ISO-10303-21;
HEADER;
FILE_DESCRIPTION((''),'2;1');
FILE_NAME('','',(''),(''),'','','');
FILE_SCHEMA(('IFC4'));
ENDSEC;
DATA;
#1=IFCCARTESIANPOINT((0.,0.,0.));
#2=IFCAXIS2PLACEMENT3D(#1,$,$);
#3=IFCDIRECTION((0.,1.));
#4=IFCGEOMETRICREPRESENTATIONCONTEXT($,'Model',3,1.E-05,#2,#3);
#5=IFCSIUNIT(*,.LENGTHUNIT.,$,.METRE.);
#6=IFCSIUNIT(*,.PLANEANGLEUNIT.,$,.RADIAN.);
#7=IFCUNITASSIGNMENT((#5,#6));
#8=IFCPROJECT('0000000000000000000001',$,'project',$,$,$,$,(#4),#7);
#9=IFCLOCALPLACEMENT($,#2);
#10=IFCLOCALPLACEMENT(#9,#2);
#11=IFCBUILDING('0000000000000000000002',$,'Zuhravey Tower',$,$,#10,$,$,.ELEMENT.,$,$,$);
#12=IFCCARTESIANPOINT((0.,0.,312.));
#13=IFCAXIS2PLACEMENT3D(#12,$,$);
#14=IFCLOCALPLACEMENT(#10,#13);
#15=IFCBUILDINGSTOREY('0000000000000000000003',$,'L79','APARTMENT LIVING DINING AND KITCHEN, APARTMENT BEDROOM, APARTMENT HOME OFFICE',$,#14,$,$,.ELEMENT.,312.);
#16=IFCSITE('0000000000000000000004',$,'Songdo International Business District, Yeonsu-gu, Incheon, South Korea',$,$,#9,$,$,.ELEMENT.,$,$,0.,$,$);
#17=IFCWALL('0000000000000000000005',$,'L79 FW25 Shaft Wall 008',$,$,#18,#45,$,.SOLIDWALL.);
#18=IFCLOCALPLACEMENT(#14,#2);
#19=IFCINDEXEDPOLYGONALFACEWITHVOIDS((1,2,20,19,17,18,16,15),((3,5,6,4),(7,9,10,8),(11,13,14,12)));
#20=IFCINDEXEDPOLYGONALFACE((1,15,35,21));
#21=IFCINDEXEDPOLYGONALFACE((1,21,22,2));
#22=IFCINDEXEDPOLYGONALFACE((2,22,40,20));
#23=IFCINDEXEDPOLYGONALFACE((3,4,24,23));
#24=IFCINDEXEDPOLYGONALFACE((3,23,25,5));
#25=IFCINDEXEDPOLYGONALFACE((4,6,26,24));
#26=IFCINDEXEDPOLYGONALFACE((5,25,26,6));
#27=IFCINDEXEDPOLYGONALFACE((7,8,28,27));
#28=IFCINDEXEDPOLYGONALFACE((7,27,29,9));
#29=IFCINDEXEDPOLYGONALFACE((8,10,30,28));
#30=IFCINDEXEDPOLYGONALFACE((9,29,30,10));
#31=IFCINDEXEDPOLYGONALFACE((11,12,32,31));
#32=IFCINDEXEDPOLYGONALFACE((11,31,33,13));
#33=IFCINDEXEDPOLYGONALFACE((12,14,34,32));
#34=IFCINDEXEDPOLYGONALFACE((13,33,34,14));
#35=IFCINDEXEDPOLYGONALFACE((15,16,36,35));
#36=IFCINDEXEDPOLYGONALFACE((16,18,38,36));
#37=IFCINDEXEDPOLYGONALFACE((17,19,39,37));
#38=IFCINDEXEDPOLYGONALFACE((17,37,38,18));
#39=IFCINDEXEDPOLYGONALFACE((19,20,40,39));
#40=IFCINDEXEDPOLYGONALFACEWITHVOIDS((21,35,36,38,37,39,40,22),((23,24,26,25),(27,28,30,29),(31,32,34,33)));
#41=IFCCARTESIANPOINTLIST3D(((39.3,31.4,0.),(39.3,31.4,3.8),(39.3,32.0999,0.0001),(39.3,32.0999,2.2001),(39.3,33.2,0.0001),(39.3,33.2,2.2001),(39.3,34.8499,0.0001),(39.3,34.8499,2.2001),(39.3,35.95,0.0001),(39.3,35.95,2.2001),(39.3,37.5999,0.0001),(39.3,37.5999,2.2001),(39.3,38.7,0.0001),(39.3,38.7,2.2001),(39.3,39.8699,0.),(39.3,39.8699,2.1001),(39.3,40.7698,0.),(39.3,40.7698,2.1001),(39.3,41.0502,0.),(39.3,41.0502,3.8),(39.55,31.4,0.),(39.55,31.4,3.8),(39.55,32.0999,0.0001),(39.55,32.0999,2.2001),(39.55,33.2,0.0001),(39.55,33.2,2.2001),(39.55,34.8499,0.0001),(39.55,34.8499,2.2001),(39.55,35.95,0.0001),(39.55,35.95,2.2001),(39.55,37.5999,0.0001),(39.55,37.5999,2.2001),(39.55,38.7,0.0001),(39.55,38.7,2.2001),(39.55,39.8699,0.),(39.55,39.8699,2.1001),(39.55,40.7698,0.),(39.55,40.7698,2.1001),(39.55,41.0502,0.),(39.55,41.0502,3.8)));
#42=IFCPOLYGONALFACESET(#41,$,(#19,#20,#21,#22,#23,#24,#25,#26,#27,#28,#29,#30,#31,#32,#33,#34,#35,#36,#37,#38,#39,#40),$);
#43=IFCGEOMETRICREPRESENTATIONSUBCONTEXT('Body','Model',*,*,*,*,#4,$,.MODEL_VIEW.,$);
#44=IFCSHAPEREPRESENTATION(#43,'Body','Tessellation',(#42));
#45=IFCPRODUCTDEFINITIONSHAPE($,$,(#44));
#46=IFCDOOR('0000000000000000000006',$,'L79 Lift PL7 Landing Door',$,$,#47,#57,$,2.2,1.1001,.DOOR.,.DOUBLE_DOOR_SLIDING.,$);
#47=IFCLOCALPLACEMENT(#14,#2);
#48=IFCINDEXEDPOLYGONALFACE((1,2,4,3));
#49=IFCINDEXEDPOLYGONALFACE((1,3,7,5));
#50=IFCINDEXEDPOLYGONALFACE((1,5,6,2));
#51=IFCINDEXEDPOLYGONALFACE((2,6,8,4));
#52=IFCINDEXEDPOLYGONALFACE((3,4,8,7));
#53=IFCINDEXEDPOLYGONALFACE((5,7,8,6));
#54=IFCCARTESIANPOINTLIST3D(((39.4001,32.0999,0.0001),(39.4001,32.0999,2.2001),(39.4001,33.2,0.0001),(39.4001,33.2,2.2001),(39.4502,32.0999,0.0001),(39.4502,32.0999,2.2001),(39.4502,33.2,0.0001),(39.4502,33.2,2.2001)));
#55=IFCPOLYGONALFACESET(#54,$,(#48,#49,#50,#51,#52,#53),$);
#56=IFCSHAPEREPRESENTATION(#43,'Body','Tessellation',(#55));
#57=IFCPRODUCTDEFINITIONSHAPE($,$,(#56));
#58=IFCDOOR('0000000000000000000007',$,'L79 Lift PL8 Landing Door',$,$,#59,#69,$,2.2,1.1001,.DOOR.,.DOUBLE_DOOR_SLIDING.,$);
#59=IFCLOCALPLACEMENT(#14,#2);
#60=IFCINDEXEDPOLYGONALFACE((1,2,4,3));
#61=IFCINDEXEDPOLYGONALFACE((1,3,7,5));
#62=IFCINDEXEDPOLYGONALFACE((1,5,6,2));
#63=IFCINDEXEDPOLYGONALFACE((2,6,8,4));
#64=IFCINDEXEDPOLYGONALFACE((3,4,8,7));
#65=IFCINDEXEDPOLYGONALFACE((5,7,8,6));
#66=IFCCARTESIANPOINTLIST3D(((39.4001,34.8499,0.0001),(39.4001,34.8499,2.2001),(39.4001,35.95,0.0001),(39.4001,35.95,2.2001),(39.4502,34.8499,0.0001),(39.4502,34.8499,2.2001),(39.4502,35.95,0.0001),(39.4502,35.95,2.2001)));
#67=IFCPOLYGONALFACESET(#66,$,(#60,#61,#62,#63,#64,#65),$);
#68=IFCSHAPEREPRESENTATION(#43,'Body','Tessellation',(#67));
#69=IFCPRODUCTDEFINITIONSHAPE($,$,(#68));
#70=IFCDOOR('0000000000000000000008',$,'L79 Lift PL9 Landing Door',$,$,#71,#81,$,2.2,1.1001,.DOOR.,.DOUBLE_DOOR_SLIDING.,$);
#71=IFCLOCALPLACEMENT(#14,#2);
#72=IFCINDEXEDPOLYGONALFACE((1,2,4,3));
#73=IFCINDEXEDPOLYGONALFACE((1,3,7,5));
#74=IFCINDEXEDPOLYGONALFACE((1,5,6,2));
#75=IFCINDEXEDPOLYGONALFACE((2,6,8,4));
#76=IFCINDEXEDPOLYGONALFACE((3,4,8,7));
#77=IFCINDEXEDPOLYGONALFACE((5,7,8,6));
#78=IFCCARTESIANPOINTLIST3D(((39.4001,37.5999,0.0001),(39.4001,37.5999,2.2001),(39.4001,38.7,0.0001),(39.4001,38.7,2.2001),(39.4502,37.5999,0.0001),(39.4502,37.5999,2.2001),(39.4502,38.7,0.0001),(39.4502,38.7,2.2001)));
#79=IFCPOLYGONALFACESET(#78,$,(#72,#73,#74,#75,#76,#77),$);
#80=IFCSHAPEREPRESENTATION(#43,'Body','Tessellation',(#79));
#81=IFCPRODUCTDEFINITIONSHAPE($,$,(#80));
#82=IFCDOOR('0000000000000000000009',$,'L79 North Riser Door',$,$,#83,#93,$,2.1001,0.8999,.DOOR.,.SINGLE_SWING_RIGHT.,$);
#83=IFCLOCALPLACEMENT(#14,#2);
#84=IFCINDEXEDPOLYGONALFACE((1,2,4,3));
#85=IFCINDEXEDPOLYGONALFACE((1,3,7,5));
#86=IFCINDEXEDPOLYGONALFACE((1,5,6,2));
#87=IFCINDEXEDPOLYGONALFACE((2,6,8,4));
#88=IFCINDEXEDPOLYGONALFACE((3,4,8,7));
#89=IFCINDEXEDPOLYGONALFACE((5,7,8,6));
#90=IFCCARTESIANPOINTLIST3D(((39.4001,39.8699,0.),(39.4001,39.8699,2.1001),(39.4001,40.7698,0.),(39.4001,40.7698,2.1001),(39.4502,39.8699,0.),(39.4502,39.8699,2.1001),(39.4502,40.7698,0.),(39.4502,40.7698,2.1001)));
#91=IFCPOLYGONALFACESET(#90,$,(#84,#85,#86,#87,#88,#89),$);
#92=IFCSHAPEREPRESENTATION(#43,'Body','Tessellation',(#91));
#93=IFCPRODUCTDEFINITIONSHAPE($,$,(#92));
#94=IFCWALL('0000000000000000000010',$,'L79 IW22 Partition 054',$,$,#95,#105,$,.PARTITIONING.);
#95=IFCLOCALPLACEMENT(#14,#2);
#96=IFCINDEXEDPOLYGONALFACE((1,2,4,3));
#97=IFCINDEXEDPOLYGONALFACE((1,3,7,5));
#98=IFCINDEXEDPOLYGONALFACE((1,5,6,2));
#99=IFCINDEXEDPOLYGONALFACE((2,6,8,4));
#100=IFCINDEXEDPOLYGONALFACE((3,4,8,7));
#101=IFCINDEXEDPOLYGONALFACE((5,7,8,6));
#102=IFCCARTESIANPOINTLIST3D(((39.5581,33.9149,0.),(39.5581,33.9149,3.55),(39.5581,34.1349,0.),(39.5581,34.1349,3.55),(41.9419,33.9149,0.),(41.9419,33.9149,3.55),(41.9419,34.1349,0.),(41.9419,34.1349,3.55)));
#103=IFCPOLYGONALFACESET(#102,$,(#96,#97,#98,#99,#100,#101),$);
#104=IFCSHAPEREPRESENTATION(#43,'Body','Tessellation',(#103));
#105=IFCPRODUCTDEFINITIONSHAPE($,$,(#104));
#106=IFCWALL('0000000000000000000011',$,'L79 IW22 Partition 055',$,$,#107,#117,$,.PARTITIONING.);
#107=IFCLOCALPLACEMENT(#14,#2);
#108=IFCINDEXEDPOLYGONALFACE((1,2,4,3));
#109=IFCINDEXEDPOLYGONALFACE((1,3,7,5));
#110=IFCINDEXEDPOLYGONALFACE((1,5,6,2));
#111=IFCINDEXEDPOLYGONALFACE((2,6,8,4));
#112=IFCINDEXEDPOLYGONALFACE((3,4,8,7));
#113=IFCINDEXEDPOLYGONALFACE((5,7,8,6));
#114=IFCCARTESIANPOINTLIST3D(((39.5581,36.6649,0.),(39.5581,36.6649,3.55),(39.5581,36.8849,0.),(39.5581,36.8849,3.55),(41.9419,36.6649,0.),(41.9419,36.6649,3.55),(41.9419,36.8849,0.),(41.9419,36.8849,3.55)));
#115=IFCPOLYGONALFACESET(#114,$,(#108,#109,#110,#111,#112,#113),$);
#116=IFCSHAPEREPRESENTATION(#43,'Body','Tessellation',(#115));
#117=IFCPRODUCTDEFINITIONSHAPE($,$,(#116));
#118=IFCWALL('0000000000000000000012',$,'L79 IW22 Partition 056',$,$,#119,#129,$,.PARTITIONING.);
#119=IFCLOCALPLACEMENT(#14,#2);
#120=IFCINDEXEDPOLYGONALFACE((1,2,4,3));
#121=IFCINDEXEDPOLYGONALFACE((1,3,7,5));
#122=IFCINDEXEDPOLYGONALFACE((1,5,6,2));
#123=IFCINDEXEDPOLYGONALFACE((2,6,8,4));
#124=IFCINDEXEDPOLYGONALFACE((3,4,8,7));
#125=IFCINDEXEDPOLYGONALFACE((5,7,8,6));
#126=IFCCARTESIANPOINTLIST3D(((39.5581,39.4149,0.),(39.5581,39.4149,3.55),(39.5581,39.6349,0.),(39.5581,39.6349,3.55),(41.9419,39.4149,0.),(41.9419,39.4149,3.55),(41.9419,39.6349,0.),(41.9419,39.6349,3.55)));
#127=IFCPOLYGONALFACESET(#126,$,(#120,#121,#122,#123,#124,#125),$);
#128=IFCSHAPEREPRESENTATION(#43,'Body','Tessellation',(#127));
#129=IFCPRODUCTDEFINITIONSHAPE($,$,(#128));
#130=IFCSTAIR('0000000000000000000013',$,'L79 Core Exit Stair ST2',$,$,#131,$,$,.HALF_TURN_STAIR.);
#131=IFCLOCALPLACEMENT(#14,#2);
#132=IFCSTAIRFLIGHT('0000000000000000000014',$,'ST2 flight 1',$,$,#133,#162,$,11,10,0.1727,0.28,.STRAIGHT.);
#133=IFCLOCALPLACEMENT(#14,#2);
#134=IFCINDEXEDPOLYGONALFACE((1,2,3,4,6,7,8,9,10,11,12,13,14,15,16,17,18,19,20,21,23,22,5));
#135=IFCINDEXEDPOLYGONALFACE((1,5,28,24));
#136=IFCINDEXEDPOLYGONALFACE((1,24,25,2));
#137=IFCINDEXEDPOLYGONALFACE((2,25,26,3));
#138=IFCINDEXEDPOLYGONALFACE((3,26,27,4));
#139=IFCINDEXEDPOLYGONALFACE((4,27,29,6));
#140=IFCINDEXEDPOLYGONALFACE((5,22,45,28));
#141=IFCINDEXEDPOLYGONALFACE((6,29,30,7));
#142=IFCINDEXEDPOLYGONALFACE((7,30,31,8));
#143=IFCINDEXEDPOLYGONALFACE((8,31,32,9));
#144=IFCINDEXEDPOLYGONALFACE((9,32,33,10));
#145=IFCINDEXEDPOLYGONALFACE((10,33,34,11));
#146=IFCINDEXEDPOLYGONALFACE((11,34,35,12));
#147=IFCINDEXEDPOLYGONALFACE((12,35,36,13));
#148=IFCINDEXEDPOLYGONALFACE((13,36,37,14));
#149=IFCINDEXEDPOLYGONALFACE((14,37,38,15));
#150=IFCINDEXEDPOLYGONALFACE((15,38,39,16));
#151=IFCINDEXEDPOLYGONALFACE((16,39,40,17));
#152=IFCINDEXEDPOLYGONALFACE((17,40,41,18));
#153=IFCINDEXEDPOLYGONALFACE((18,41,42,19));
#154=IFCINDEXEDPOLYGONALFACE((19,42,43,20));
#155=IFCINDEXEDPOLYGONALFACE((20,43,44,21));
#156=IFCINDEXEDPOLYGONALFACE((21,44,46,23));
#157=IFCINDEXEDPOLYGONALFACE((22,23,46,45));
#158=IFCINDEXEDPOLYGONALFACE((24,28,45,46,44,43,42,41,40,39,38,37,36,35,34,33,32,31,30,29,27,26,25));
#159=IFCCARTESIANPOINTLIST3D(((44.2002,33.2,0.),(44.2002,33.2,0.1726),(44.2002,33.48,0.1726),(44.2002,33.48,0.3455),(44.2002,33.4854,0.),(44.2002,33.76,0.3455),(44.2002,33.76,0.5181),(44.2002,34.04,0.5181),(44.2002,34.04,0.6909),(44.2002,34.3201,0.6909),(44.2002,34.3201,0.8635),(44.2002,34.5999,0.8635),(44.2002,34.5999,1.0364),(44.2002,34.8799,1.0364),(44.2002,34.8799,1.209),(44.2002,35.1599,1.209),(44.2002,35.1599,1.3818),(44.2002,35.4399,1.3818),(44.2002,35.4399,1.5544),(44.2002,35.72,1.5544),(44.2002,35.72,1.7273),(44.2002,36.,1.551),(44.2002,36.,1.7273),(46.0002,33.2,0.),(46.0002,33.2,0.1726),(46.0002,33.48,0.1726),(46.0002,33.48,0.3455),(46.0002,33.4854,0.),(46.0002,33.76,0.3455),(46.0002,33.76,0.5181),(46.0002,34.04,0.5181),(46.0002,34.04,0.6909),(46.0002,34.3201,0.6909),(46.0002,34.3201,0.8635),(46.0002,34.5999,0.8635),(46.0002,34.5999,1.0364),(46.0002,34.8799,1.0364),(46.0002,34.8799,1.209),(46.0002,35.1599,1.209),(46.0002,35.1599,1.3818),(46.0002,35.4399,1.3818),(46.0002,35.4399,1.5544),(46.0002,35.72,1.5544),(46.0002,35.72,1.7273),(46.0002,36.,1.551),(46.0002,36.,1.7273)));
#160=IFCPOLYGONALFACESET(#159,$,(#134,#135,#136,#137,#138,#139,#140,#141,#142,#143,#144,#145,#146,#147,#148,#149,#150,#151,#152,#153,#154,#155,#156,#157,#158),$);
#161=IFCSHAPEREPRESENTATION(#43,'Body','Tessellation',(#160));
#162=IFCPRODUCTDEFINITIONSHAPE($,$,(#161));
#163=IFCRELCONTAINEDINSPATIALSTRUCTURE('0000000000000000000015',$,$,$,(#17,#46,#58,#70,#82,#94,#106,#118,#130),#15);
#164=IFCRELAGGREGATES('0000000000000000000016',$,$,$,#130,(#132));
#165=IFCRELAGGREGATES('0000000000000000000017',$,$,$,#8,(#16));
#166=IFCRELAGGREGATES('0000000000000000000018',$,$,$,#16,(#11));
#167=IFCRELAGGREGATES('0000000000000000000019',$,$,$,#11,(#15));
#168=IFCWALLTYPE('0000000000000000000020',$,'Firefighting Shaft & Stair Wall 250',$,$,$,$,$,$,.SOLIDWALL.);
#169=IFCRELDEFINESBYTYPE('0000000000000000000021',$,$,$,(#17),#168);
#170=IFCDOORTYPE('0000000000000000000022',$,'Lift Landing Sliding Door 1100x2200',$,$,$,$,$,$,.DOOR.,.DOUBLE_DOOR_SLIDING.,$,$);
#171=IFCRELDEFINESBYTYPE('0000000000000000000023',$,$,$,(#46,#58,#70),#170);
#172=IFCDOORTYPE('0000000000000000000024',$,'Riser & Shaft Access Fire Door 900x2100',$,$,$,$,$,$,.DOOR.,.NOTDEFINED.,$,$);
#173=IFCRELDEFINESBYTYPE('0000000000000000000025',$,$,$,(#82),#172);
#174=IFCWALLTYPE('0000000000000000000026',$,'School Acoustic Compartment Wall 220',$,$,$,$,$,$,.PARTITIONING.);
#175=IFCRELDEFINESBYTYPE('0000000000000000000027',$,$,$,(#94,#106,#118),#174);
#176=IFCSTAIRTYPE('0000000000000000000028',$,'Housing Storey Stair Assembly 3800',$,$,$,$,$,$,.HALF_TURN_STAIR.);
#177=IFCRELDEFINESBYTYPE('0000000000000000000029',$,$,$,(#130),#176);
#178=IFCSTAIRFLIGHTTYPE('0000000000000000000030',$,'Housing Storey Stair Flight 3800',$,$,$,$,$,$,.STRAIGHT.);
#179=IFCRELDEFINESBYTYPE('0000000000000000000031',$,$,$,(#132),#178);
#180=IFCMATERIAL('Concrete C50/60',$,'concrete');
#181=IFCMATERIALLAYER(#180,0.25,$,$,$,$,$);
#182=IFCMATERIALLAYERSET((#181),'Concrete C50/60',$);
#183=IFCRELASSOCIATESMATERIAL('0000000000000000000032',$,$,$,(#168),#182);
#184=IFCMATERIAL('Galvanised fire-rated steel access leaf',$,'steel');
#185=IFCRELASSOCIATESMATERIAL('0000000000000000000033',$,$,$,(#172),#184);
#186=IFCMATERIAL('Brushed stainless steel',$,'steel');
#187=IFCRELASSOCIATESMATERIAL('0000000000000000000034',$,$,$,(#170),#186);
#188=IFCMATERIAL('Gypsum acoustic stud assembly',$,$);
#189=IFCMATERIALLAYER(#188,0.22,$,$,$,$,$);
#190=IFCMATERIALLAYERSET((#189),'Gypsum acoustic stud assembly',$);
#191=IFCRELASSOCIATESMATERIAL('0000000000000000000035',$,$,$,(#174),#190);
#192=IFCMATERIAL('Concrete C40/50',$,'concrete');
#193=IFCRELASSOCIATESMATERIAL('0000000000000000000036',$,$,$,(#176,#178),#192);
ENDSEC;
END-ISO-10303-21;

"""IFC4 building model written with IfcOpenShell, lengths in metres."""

from ifc_helpers import new_model, si_unit, direction, frame, frame_2d, origin, place, context, subcontext, project, spatial, polyline, rectangle, outline, extrude, material, layer, layer_set, type_object, element, fill, aggregate, save


model = new_model("IFC4")

# Units and contexts
model_context = context("Model", 3, precision=1e-05, world=origin(), true_north=direction((0.0, 1.0)))
body_context = subcontext(model_context, "Body", "Model", "MODEL_VIEW")
ifc_project = project(units=[si_unit("LENGTHUNIT", "METRE"), si_unit("PLANEANGLEUNIT", "RADIAN")], contexts=[model_context])

# Site, building, storey
site_placement = place(None, origin())
site = spatial("IfcSite", under=ifc_project, at=site_placement, Name="Songdo International Business District, Yeonsu-gu, Incheon, South Korea", CompositionType="ELEMENT", RefElevation=0.0)
building_placement = place(site_placement, origin())
building = spatial("IfcBuilding", under=site, at=building_placement, Name="Zuhravey Tower", CompositionType="ELEMENT")
storey_placement = place(building_placement, frame((0.0, 0.0, 312.0)))
storey = spatial("IfcBuildingStorey", under=building, at=storey_placement, Name="L79", Description="APARTMENT LIVING DINING AND KITCHEN, APARTMENT BEDROOM, APARTMENT HOME OFFICE", CompositionType="ELEMENT", Elevation=312.0)

# Shared definitions
ifc_material_1 = material(Name="Concrete C50/60", Category="concrete")

# Shared definitions
ifc_layer_1 = layer(ifc_material_1, 0.25)
ifc_layer_set_1 = layer_set([ifc_layer_1], Name="Concrete C50/60")
wall_type_1 = type_object("IfcWallType", Name="Firefighting Shaft & Stair Wall 250", PredefinedType="SOLIDWALL", material=ifc_layer_set_1)

# Wall, openings, doors
ifc_material_2 = material(Name="Galvanised fire-rated steel access leaf", Category="steel")
door_type_1 = type_object("IfcDoorType", Name="Riser & Shaft Access Fire Door 900x2100", OperationType="NOTDEFINED", PredefinedType="DOOR", material=ifc_material_2)
wall_1_placement = place(storey_placement, frame((39.425, 31.3999, 0.0), z_axis=(0.0, 0.0, 1.0), x_axis=(0.0, 1.0, 0.0)))
wall_1 = element("IfcWall", 1, at=wall_1_placement, inside=storey, type_object=wall_type_1, Name="L79 FW25 Shaft Wall 008", PredefinedType="SOLIDWALL", context=body_context, shape_type="SweptSolid", body=[
    extrude(rectangle(XDim=9.6501, YDim=0.25, at=frame_2d((4.8252, 0.0))), origin(), (0.0, 0.0, 1.0), 3.8),
])
opening_1_placement = place(wall_1_placement, frame((0.7, 0.0, 0.0)))
opening_1 = element("IfcOpeningElement", 2, at=opening_1_placement, cuts=wall_1, PredefinedType="OPENING", context=body_context, shape_type="SweptSolid", body=[
    extrude(rectangle(XDim=1.1001, YDim=2.2, at=frame_2d((0.55, 1.1001))), frame((0.0, 0.137, 0.0), z_axis=(0.0, -1.0, 0.0), x_axis=(1.0, 0.0, 0.0)), (0.0, 0.0, 1.0), 0.2739),
])
opening_2_placement = place(wall_1_placement, frame((3.45, 0.0, 0.0)))
opening_2 = element("IfcOpeningElement", 3, at=opening_2_placement, cuts=wall_1, PredefinedType="OPENING", context=body_context, shape_type="SweptSolid", body=[
    extrude(rectangle(XDim=1.1001, YDim=2.2, at=frame_2d((0.55, 1.1001))), frame((0.0, 0.137, 0.0), z_axis=(0.0, -1.0, 0.0), x_axis=(1.0, 0.0, 0.0)), (0.0, 0.0, 1.0), 0.2739),
])
opening_3_placement = place(wall_1_placement, frame((6.2, 0.0, 0.0)))
opening_3 = element("IfcOpeningElement", 4, at=opening_3_placement, cuts=wall_1, PredefinedType="OPENING", context=body_context, shape_type="SweptSolid", body=[
    extrude(rectangle(XDim=1.1001, YDim=2.2, at=frame_2d((0.55, 1.1001))), frame((0.0, 0.137, 0.0), z_axis=(0.0, -1.0, 0.0), x_axis=(1.0, 0.0, 0.0)), (0.0, 0.0, 1.0), 0.2739),
])
opening_4_placement = place(wall_1_placement, frame((8.47, 0.0, 0.0)))
opening_4 = element("IfcOpeningElement", 5, at=opening_4_placement, cuts=wall_1, PredefinedType="OPENING", context=body_context, shape_type="SweptSolid", body=[
    extrude(rectangle(XDim=0.8999, YDim=2.1001, at=frame_2d((0.45, 1.05))), frame((0.0, 0.137, 0.0), z_axis=(0.0, -1.0, 0.0), x_axis=(1.0, 0.0, 0.0)), (0.0, 0.0, 1.0), 0.2739),
])
ifc_material_3 = material(Name="Brushed stainless steel", Category="steel")
door_type_2 = type_object("IfcDoorType", Name="Lift Landing Sliding Door 1100x2200", OperationType="DOUBLE_DOOR_SLIDING", PredefinedType="DOOR", material=ifc_material_3)
door_1_placement = place(opening_1_placement, origin())
door_1 = element("IfcDoor", 6, at=door_1_placement, inside=storey, type_object=door_type_2, Name="L79 Lift PL7 Landing Door", OperationType="DOUBLE_DOOR_SLIDING", OverallHeight=2.2, OverallWidth=1.1001, PredefinedType="DOOR", context=body_context, shape_type="SweptSolid", body=[
    extrude(rectangle(XDim=1.1001, YDim=2.2, at=frame_2d((0.55, 1.1001))), frame((0.0, 0.0249, 0.0), z_axis=(0.0, -1.0, 0.0), x_axis=(1.0, 0.0, 0.0)), (0.0, 0.0, 1.0), 0.05),
])
fill(opening_1, door_1)
door_2_placement = place(opening_2_placement, origin())
door_2 = element("IfcDoor", 7, at=door_2_placement, inside=storey, type_object=door_type_2, Name="L79 Lift PL8 Landing Door", OperationType="DOUBLE_DOOR_SLIDING", OverallHeight=2.2, OverallWidth=1.1001, PredefinedType="DOOR", context=body_context, shape_type="SweptSolid", body=[
    extrude(rectangle(XDim=1.1001, YDim=2.2, at=frame_2d((0.55, 1.1001))), frame((0.0, 0.0249, 0.0), z_axis=(0.0, -1.0, 0.0), x_axis=(1.0, 0.0, 0.0)), (0.0, 0.0, 1.0), 0.05),
])
fill(opening_2, door_2)
door_3_placement = place(opening_3_placement, origin())
door_3 = element("IfcDoor", 8, at=door_3_placement, inside=storey, type_object=door_type_2, Name="L79 Lift PL9 Landing Door", OperationType="DOUBLE_DOOR_SLIDING", OverallHeight=2.2, OverallWidth=1.1001, PredefinedType="DOOR", context=body_context, shape_type="SweptSolid", body=[
    extrude(rectangle(XDim=1.1001, YDim=2.2, at=frame_2d((0.55, 1.1001))), frame((0.0, 0.0249, 0.0), z_axis=(0.0, -1.0, 0.0), x_axis=(1.0, 0.0, 0.0)), (0.0, 0.0, 1.0), 0.05),
])
fill(opening_3, door_3)
door_4_placement = place(opening_4_placement, origin())
door_4 = element("IfcDoor", 9, at=door_4_placement, inside=storey, type_object=door_type_1, Name="L79 North Riser Door", OperationType="SINGLE_SWING_RIGHT", OverallHeight=2.1001, OverallWidth=0.8999, PredefinedType="DOOR", context=body_context, shape_type="SweptSolid", body=[
    extrude(rectangle(XDim=0.8999, YDim=2.1001, at=frame_2d((0.45, 1.05))), frame((0.0, 0.0249, 0.0), z_axis=(0.0, -1.0, 0.0), x_axis=(1.0, 0.0, 0.0)), (0.0, 0.0, 1.0), 0.05),
])
fill(opening_4, door_4)

# Walls
ifc_material_4 = material(Name="Gypsum acoustic stud assembly")
ifc_layer_2 = layer(ifc_material_4, 0.22)
ifc_layer_set_2 = layer_set([ifc_layer_2], Name="Gypsum acoustic stud assembly")
wall_type_2 = type_object("IfcWallType", Name="School Acoustic Compartment Wall 220", PredefinedType="PARTITIONING", material=ifc_layer_set_2)
for number, where, z_axis, x_axis, name in (
    (10, (39.5581, 34.0249, 0.0), (0.0, 0.0, 1.0), (1.0, 0.0, 0.0), "L79 IW22 Partition 054"),
    (11, (39.5581, 36.7749, 0.0), (0.0, 0.0, 1.0), (1.0, 0.0, 0.0), "L79 IW22 Partition 055"),
    (12, (39.5581, 39.5249, 0.0), (0.0, 0.0, 1.0), (1.0, 0.0, 0.0), "L79 IW22 Partition 056"),
):
    element("IfcWall", number, at=place(storey_placement, frame(where, z_axis=z_axis, x_axis=x_axis)), inside=storey, type_object=wall_type_2, Name=name, PredefinedType="PARTITIONING", context=body_context, shape_type="SweptSolid", body=[
        extrude(rectangle(XDim=2.3838, YDim=0.22, at=frame_2d((1.1919, 0.0))), origin(), (0.0, 0.0, 1.0), 3.55),
    ])

# Stair, stair flight
ifc_material_5 = material(Name="Concrete C40/50", Category="concrete")
stair_type = type_object("IfcStairType", Name="Housing Storey Stair Assembly 3800", PredefinedType="HALF_TURN_STAIR", material=ifc_material_5)
stair_placement = place(storey_placement, origin())
stair = element("IfcStair", 13, at=stair_placement, inside=storey, type_object=stair_type, Name="L79 Core Exit Stair ST2", PredefinedType="HALF_TURN_STAIR")
stair_flight_type = type_object("IfcStairFlightType", Name="Housing Storey Stair Flight 3800", PredefinedType="STRAIGHT", material=ifc_material_5)
stair_flight_1_placement = place(storey_placement, frame((45.1001, 33.2, 0.0), z_axis=(0.0, 0.0, 1.0), x_axis=(0.0, 1.0, 0.0)))
stair_flight_1 = element("IfcStairFlight", 14, at=stair_flight_1_placement, type_object=stair_flight_type, Name="ST2 flight 1", NumberOfRisers=11, NumberOfTreads=10, PredefinedType="STRAIGHT", RiserHeight=0.1727, TreadLength=0.28, context=body_context, shape_type="SweptSolid", body=[
    extrude(outline(polyline([(0.0, 0.0), (0.0, 0.1726), (0.28, 0.1726), (0.28, 0.3455), (0.5601, 0.3455), (0.5601, 0.5181), (0.8401, 0.5181), (0.8401, 0.6909), (1.1201, 0.6909), (1.1201, 0.8635), (1.3999, 0.8635), (1.3999, 1.0364), (1.6799, 1.0364), (1.6799, 1.209), (1.96, 1.209), (1.96, 1.3818), (2.24, 1.3818), (2.24, 1.5544), (2.52, 1.5544), (2.52, 1.7273), (2.8, 1.7273), (2.8, 1.8999), (2.8, 1.551), (0.2854, 0.0), (0.0, 0.0)])), frame((0.0, 0.8999, 0.0), z_axis=(0.0, -1.0, 0.0), x_axis=(1.0, 0.0, 0.0)), (0.0, 0.0, 1.0), 1.8),
])
aggregate(stair, [stair_flight_1])

save(model, "model.ifc")
